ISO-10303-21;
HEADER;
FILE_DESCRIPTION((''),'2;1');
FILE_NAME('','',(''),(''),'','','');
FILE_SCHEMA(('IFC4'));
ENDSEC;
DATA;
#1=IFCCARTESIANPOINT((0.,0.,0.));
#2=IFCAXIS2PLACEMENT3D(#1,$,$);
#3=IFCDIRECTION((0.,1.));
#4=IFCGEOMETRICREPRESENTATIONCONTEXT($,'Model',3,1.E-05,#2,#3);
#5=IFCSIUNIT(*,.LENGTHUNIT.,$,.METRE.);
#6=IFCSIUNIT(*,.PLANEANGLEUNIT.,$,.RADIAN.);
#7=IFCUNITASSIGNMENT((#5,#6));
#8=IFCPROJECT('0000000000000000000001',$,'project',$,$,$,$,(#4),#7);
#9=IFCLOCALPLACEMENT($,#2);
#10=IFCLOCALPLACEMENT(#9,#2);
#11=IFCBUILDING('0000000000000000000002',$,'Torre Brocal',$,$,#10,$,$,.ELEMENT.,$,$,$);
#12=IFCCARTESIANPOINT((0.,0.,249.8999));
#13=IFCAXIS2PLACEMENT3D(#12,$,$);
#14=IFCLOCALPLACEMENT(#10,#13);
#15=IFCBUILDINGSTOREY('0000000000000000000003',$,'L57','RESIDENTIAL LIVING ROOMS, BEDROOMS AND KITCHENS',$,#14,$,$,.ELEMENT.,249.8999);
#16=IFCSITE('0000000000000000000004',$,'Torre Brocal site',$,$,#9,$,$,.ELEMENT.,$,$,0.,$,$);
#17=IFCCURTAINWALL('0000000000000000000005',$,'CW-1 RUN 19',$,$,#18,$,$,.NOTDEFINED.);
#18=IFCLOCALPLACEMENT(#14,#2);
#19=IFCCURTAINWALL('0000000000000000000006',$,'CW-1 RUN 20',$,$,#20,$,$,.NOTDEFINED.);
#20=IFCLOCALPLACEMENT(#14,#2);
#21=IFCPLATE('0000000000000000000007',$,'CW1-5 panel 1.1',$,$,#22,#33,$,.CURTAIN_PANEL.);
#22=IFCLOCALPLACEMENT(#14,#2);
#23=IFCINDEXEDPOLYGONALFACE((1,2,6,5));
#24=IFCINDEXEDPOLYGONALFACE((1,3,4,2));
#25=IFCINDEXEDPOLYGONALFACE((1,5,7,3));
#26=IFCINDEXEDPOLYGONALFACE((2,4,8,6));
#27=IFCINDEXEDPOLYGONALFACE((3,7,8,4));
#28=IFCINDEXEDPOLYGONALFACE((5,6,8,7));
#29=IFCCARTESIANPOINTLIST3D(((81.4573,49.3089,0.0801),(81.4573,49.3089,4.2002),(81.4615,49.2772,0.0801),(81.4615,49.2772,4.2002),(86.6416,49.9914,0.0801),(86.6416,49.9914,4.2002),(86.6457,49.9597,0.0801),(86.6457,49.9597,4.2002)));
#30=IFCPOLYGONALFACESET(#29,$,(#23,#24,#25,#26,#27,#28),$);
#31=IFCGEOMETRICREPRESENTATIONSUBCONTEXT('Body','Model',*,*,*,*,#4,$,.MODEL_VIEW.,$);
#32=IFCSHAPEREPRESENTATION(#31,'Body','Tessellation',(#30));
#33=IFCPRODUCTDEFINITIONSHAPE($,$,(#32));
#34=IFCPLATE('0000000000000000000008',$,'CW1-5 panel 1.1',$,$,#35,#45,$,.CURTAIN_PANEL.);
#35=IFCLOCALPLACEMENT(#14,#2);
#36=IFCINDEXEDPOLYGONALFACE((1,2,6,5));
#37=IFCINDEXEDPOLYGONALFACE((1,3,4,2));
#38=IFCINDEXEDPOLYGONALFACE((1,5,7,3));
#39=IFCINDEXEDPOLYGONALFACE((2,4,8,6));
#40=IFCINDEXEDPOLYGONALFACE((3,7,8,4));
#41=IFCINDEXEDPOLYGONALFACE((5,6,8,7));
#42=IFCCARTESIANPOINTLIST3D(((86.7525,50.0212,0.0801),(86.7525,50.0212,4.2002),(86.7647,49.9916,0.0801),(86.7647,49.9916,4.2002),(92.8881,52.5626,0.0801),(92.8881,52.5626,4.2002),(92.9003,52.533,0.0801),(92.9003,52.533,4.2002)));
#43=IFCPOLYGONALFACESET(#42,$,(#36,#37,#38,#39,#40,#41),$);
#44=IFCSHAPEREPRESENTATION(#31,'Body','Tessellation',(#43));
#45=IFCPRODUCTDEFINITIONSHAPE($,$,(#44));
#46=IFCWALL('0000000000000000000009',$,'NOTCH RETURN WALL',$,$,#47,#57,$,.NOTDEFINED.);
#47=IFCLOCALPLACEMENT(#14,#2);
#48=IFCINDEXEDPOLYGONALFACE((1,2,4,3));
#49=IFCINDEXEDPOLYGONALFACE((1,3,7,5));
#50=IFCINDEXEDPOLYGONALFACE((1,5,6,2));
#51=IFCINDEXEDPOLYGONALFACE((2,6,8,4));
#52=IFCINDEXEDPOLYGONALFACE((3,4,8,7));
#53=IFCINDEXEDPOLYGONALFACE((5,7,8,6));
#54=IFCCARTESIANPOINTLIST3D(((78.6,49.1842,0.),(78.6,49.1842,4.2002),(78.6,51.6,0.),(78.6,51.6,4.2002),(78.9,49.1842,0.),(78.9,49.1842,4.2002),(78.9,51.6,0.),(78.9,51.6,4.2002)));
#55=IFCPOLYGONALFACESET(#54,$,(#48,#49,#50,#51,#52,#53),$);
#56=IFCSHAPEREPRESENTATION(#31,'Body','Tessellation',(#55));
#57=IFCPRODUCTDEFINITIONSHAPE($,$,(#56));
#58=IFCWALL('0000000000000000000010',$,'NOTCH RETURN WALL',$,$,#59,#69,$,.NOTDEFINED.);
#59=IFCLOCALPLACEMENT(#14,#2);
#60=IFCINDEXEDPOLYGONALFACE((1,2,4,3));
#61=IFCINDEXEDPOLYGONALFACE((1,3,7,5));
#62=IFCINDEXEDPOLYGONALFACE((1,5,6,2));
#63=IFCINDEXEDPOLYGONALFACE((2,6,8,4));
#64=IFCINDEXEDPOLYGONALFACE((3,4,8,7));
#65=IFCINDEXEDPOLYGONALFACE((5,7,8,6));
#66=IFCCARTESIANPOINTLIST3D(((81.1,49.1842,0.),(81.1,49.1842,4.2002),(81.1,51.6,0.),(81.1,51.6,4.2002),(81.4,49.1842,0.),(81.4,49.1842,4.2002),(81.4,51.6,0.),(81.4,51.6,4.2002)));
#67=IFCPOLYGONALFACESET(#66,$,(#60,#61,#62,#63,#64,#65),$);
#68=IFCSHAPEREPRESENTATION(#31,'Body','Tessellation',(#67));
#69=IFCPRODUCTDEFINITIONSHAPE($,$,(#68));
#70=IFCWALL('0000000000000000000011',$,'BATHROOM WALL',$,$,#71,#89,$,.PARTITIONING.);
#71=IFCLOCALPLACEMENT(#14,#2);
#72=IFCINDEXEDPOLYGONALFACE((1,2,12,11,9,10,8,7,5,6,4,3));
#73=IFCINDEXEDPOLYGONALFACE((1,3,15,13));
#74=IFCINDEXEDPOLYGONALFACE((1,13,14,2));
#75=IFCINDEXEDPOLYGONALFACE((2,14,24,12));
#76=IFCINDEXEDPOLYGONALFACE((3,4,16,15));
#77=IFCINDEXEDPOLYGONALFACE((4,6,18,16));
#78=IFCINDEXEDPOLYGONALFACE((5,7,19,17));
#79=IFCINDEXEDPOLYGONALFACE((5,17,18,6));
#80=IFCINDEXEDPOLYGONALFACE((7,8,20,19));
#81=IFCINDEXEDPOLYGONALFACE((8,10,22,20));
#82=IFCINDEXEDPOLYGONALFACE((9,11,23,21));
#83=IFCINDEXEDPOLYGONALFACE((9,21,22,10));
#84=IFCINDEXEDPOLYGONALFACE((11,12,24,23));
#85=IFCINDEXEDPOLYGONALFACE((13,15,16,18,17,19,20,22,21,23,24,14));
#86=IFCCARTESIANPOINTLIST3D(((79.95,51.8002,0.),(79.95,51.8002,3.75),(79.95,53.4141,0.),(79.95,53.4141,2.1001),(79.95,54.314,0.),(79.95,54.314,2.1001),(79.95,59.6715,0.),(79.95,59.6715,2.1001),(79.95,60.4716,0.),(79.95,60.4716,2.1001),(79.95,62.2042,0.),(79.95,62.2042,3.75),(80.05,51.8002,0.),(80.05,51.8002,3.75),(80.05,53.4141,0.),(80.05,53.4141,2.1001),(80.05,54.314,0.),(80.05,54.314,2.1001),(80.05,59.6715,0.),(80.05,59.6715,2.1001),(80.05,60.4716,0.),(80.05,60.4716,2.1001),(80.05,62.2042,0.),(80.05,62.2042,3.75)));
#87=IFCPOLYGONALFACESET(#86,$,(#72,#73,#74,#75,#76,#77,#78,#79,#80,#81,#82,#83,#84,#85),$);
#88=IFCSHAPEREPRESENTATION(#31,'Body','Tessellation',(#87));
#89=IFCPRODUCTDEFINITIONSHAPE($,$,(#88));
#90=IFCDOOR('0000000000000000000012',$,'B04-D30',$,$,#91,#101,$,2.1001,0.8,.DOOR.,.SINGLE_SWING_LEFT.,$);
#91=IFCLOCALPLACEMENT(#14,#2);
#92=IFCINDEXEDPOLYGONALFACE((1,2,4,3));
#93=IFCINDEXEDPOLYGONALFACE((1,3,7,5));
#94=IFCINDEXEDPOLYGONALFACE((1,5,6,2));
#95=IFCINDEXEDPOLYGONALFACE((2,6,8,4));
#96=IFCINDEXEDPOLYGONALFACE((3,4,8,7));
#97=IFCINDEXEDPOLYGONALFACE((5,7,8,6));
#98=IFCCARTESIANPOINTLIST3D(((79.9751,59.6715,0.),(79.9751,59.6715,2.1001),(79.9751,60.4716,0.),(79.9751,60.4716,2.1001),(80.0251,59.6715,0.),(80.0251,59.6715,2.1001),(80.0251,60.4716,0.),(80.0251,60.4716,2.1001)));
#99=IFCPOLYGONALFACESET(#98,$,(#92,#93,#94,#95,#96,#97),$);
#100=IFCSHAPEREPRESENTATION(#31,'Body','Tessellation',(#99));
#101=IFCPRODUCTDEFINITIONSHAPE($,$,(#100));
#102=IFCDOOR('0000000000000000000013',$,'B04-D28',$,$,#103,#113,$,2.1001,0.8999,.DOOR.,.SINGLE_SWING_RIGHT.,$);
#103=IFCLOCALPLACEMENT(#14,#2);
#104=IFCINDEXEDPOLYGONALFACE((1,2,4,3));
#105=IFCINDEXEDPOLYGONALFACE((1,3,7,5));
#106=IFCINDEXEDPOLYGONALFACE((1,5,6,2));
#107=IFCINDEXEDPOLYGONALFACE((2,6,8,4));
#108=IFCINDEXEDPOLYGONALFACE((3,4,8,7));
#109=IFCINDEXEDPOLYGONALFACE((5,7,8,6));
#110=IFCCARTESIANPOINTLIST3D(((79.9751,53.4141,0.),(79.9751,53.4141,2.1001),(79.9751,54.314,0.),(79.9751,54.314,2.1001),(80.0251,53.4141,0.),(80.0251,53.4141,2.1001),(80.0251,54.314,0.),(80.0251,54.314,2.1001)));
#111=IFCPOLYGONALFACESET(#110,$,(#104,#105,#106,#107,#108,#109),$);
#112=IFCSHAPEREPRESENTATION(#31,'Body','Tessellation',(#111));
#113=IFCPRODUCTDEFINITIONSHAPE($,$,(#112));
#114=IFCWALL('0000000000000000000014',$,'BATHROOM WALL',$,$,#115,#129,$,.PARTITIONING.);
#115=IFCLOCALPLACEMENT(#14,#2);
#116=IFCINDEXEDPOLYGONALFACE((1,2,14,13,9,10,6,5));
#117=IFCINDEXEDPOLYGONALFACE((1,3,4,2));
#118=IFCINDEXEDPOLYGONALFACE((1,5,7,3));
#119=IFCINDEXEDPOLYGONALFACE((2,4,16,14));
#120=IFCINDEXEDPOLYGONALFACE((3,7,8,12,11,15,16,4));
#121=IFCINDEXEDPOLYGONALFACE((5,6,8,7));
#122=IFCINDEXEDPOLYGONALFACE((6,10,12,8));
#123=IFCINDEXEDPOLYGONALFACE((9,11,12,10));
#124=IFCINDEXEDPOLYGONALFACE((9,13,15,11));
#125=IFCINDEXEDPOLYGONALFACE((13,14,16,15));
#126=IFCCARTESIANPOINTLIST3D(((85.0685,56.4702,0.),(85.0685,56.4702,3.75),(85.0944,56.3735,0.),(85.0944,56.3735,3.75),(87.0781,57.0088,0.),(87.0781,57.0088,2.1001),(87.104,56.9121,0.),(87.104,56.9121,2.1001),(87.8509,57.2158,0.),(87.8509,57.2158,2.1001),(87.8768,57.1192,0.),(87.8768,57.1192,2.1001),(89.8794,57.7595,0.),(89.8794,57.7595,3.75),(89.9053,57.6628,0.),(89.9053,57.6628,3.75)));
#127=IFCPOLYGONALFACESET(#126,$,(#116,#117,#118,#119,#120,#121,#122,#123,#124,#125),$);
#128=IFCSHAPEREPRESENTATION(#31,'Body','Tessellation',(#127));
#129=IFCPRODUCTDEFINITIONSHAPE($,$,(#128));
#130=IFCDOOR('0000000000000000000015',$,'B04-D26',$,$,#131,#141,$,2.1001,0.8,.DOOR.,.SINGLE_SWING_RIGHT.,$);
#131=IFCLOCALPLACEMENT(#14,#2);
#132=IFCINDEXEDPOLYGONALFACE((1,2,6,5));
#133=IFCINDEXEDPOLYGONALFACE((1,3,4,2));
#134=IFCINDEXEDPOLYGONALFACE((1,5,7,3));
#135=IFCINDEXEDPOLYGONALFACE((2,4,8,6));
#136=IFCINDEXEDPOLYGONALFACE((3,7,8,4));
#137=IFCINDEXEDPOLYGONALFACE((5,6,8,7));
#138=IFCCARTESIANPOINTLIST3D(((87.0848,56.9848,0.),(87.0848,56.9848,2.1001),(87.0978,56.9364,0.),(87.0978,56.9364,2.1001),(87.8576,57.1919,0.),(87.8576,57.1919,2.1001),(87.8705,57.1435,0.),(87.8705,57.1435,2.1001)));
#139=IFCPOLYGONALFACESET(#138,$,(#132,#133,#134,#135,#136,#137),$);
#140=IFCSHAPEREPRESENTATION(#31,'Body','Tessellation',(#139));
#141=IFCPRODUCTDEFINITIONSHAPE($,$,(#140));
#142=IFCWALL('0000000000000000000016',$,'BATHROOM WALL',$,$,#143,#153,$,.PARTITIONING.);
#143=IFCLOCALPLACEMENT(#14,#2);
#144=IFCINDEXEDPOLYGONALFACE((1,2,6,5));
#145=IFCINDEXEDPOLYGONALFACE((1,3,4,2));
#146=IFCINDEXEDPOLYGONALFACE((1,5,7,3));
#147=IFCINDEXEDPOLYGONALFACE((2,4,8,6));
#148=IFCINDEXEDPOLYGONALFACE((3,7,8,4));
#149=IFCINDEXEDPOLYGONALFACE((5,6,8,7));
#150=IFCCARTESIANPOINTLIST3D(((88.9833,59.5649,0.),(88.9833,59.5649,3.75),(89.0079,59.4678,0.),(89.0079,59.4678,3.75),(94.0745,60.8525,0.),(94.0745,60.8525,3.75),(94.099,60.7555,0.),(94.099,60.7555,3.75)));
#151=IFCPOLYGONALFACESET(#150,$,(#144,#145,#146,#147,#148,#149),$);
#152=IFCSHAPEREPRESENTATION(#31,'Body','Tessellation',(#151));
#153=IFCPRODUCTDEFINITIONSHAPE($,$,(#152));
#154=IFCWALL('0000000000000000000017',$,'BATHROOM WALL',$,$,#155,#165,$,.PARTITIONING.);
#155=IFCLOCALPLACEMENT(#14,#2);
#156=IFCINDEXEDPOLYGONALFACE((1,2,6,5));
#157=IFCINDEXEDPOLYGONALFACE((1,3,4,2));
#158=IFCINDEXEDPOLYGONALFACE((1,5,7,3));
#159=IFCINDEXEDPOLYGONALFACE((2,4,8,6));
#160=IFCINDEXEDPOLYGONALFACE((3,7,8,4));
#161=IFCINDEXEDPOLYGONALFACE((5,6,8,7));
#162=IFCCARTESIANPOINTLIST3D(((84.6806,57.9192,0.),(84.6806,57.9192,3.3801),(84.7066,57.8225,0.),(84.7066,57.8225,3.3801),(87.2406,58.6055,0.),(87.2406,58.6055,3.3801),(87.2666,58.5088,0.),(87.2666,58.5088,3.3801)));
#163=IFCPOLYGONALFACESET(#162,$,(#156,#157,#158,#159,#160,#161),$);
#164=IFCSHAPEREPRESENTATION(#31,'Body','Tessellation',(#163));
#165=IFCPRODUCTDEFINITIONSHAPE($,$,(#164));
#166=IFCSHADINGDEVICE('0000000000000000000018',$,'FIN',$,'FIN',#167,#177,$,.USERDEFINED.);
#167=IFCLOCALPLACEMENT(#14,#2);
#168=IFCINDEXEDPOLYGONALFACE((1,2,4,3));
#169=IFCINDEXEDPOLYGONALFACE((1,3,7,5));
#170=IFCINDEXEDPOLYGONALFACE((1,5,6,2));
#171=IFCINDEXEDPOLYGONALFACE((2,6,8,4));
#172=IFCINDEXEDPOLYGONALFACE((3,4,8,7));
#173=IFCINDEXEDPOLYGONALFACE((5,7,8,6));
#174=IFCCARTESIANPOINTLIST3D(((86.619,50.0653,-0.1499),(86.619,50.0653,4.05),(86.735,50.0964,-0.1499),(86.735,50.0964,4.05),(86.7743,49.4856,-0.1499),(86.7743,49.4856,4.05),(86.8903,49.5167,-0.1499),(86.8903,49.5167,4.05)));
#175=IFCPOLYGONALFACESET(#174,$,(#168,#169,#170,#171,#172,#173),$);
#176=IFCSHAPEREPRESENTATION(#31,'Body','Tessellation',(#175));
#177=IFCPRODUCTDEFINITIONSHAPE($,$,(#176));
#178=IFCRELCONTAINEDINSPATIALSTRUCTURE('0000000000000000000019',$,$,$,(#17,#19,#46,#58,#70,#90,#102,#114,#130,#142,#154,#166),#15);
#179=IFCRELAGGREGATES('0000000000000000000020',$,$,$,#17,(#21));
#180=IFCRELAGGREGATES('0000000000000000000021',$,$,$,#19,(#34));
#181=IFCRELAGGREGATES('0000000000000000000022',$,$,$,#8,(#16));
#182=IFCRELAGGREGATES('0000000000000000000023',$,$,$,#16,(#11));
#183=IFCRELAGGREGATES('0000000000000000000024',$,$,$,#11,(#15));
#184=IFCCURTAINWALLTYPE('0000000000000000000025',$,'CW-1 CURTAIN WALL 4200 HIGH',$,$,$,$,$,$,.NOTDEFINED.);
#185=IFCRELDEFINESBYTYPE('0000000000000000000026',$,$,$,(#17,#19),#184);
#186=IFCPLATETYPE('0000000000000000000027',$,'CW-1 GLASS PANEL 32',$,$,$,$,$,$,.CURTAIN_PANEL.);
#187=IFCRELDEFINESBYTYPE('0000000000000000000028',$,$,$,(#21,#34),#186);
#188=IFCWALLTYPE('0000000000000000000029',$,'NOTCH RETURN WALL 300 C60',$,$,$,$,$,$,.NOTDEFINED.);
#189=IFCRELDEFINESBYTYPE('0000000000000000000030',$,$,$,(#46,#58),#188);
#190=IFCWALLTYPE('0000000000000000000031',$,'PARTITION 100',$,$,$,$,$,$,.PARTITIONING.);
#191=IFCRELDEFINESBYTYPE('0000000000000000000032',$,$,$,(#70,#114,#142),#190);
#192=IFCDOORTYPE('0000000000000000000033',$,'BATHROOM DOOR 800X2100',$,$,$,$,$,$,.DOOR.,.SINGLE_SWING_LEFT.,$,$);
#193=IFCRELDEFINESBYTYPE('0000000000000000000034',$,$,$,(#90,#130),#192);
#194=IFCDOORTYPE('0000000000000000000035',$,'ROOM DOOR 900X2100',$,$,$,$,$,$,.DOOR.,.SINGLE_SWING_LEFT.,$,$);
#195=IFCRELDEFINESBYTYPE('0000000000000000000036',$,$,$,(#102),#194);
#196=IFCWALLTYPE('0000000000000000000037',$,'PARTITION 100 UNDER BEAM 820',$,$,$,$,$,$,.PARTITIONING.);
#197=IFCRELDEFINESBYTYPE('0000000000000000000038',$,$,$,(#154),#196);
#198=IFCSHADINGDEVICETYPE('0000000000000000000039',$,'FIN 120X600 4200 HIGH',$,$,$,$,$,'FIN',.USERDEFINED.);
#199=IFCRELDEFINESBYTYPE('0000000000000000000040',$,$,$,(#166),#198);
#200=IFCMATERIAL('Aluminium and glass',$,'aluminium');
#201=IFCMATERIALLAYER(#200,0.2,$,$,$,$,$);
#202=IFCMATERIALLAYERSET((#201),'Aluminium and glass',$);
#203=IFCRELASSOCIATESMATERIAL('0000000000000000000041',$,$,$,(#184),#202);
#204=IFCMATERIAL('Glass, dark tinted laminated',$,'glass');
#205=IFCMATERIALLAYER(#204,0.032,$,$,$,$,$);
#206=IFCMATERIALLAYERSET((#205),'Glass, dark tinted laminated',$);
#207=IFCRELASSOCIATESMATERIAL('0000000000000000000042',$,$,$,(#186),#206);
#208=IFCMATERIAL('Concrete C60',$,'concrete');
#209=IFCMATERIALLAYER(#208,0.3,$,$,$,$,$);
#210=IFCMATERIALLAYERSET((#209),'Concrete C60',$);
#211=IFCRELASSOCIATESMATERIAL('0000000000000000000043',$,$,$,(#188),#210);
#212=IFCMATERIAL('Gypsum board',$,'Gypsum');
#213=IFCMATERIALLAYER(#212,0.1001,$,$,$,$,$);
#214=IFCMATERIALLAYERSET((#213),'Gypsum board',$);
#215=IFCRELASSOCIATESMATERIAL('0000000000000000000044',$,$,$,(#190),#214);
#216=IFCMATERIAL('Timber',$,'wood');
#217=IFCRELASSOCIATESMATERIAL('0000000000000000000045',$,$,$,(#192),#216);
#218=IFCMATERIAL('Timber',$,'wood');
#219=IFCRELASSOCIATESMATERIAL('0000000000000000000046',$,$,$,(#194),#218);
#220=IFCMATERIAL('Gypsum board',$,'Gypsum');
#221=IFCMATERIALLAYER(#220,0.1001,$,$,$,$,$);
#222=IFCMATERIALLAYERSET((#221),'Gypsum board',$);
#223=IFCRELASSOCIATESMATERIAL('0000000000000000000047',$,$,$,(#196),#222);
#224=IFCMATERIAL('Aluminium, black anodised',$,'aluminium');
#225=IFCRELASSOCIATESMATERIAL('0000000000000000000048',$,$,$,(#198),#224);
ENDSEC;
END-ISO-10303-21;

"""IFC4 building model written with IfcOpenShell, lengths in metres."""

from ifc_helpers import new_model, si_unit, direction, frame, frame_2d, origin, origin_2d, place, context, subcontext, project, spatial, rectangle, extrude, material, layer, layer_set, material_profile, profile_set, type_object, element, fill, aggregate, save


model = new_model("IFC4")

# Units and contexts
model_context = context("Model", 3, precision=1e-05, world=origin(), true_north=direction((0.0, 1.0)))
body_context = subcontext(model_context, "Body", "Model", "MODEL_VIEW")
ifc_project = project(units=[si_unit("LENGTHUNIT", "METRE"), si_unit("PLANEANGLEUNIT", "RADIAN")], contexts=[model_context])

# Site, building, storey
site_placement = place(None, origin())
site = spatial("IfcSite", under=ifc_project, at=site_placement, Name="Torre Brocal site", CompositionType="ELEMENT", RefElevation=0.0)
building_placement = place(site_placement, origin())
building = spatial("IfcBuilding", under=site, at=building_placement, Name="Torre Brocal", CompositionType="ELEMENT")
storey_placement = place(building_placement, frame((0.0, 0.0, 249.8999)))
storey = spatial("IfcBuildingStorey", under=building, at=storey_placement, Name="L57", Description="RESIDENTIAL LIVING ROOMS, BEDROOMS AND KITCHENS", CompositionType="ELEMENT", Elevation=249.8999)

# Curtain wall
ifc_material_1 = material(Name="Aluminium and glass", Category="aluminium")
ifc_layer_1 = layer(ifc_material_1, 0.2)
ifc_layer_set_1 = layer_set([ifc_layer_1], Name="Aluminium and glass")
curtain_wall_type = type_object("IfcCurtainWallType", Name="CW-1 CURTAIN WALL 4200 HIGH", PredefinedType="NOTDEFINED", material=ifc_layer_set_1)
curtain_wall_1_placement = place(storey_placement, origin())
curtain_wall_1 = element("IfcCurtainWall", 1, at=curtain_wall_1_placement, inside=storey, type_object=curtain_wall_type, Name="CW-1 RUN 19", PredefinedType="NOTDEFINED")

# Curtain wall
curtain_wall_2_placement = place(storey_placement, origin())
curtain_wall_2 = element("IfcCurtainWall", 2, at=curtain_wall_2_placement, inside=storey, type_object=curtain_wall_type, Name="CW-1 RUN 20", PredefinedType="NOTDEFINED")

# Plates
ifc_material_2 = material(Name="Glass, dark tinted laminated", Category="glass")
ifc_layer_2 = layer(ifc_material_2, 0.032)
ifc_layer_set_2 = layer_set([ifc_layer_2], Name="Glass, dark tinted laminated")
plate_type = type_object("IfcPlateType", Name="CW-1 GLASS PANEL 32", PredefinedType="CURTAIN_PANEL", material=ifc_layer_set_2)
plate_1_placement = place(storey_placement, frame((84.0515, 49.6343, 0.0801), z_axis=(0.0, 0.0, 1.0), x_axis=(0.991445, 0.130526, 0.0)))
plate_1 = element("IfcPlate", 3, at=plate_1_placement, type_object=plate_type, Name="CW1-5 panel 1.1", PredefinedType="CURTAIN_PANEL", context=body_context, shape_type="SweptSolid", body=[
    extrude(rectangle(XDim=5.229, YDim=0.032, at=origin_2d()), origin(), (0.0, 0.0, 1.0), 4.1201),
])
aggregate(curtain_wall_1, [plate_1])
plate_2_placement = place(storey_placement, frame((89.8264, 51.2771, 0.0801), z_axis=(0.0, 0.0, 1.0), x_axis=(0.92388, 0.382683, 0.0)))
plate_2 = element("IfcPlate", 4, at=plate_2_placement, type_object=plate_type, Name="CW1-5 panel 1.1", PredefinedType="CURTAIN_PANEL", context=body_context, shape_type="SweptSolid", body=[
    extrude(rectangle(XDim=6.6411, YDim=0.032, at=origin_2d()), origin(), (0.0, 0.0, 1.0), 4.1201),
])
aggregate(curtain_wall_2, [plate_2])

# Walls
ifc_material_3 = material(Name="Concrete C60", Category="concrete")
ifc_layer_3 = layer(ifc_material_3, 0.3)
ifc_layer_set_3 = layer_set([ifc_layer_3], Name="Concrete C60")
wall_type_1 = type_object("IfcWallType", Name="NOTCH RETURN WALL 300 C60", PredefinedType="NOTDEFINED", material=ifc_layer_set_3)
for number, where, z_axis, x_axis, name in (
    (5, (78.75, 51.6001, 0.0), (0.0, 0.0, 1.0), (0.0, -1.0, 0.0), "NOTCH RETURN WALL"),
    (6, (81.25, 51.6001, 0.0), (0.0, 0.0, 1.0), (0.0, -1.0, 0.0), "NOTCH RETURN WALL"),
):
    element("IfcWall", number, at=place(storey_placement, frame(where, z_axis=z_axis, x_axis=x_axis)), inside=storey, type_object=wall_type_1, Name=name, PredefinedType="NOTDEFINED", context=body_context, shape_type="SweptSolid", body=[
        extrude(rectangle(XDim=2.4158, YDim=0.3, at=frame_2d((1.208, 0.0))), origin(), (0.0, 0.0, 1.0), 4.2002),
    ])

# Wall, openings, doors
ifc_material_4 = material(Name="Gypsum board", Category="Gypsum")
ifc_layer_4 = layer(ifc_material_4, 0.1001)
ifc_layer_set_4 = layer_set([ifc_layer_4], Name="Gypsum board")
wall_type_2 = type_object("IfcWallType", Name="PARTITION 100", PredefinedType="PARTITIONING", material=ifc_layer_set_4)
wall_1_placement = place(storey_placement, frame((80.0, 51.8, 0.0), z_axis=(0.0, 0.0, 1.0), x_axis=(0.0, 1.0, 0.0)))
wall_1 = element("IfcWall", 7, at=wall_1_placement, inside=storey, type_object=wall_type_2, Name="BATHROOM WALL", PredefinedType="PARTITIONING", context=body_context, shape_type="SweptSolid", body=[
    extrude(rectangle(XDim=10.4041, YDim=0.1001, at=frame_2d((5.2021, 0.0))), origin(), (0.0, 0.0, 1.0), 3.75),
])
opening_1_placement = place(wall_1_placement, frame((1.614, 0.0, 0.0)))
opening_1 = element("IfcOpeningElement", 8, at=opening_1_placement, cuts=wall_1, PredefinedType="OPENING", context=body_context, shape_type="SweptSolid", body=[
    extrude(rectangle(XDim=0.8999, YDim=2.1001, at=frame_2d((0.45, 1.05))), frame((0.0, 0.0601, 0.0), z_axis=(0.0, -1.0, 0.0), x_axis=(1.0, 0.0, 0.0)), (0.0, 0.0, 1.0), 0.1201),
])
opening_2_placement = place(wall_1_placement, frame((7.8716, 0.0, 0.0)))
opening_2 = element("IfcOpeningElement", 9, at=opening_2_placement, cuts=wall_1, PredefinedType="OPENING", context=body_context, shape_type="SweptSolid", body=[
    extrude(rectangle(XDim=0.8, YDim=2.1001, at=frame_2d((0.3999, 1.05))), frame((0.0, 0.0601, 0.0), z_axis=(0.0, -1.0, 0.0), x_axis=(1.0, 0.0, 0.0)), (0.0, 0.0, 1.0), 0.1201),
])
ifc_material_5 = material(Name="Timber", Category="wood")
door_type_1 = type_object("IfcDoorType", Name="BATHROOM DOOR 800X2100", OperationType="SINGLE_SWING_LEFT", PredefinedType="DOOR", material=ifc_material_5)
door_1_placement = place(opening_2_placement, origin())
door_1 = element("IfcDoor", 10, at=door_1_placement, inside=storey, type_object=door_type_1, Name="B04-D30", OperationType="SINGLE_SWING_LEFT", OverallHeight=2.1001, OverallWidth=0.8, PredefinedType="DOOR", context=body_context, shape_type="SweptSolid", body=[
    extrude(rectangle(XDim=0.8, YDim=2.1001, at=frame_2d((0.3999, 1.05))), frame((0.0, 0.0249, 0.0), z_axis=(0.0, -1.0, 0.0), x_axis=(1.0, 0.0, 0.0)), (0.0, 0.0, 1.0), 0.05),
])
fill(opening_2, door_1)
ifc_material_6 = material(Name="Timber", Category="wood")
door_type_2 = type_object("IfcDoorType", Name="ROOM DOOR 900X2100", OperationType="SINGLE_SWING_LEFT", PredefinedType="DOOR", material=ifc_material_6)
door_2_placement = place(opening_1_placement, origin())
door_2 = element("IfcDoor", 11, at=door_2_placement, inside=storey, type_object=door_type_2, Name="B04-D28", OperationType="SINGLE_SWING_RIGHT", OverallHeight=2.1001, OverallWidth=0.8999, PredefinedType="DOOR", context=body_context, shape_type="SweptSolid", body=[
    extrude(rectangle(XDim=0.8999, YDim=2.1001, at=frame_2d((0.45, 1.05))), frame((0.0, 0.0249, 0.0), z_axis=(0.0, -1.0, 0.0), x_axis=(1.0, 0.0, 0.0)), (0.0, 0.0, 1.0), 0.05),
])
fill(opening_1, door_2)

# Wall, opening, door
wall_2_placement = place(storey_placement, frame((85.0815, 56.4219, 0.0), z_axis=(0.0, 0.0, 1.0), x_axis=(0.965916, 0.258855, 0.0)))
wall_2 = element("IfcWall", 12, at=wall_2_placement, inside=storey, type_object=wall_type_2, Name="BATHROOM WALL", PredefinedType="PARTITIONING", context=body_context, shape_type="SweptSolid", body=[
    extrude(rectangle(XDim=4.9807, YDim=0.1001, at=frame_2d((2.4902, 0.0))), origin(), (0.0, 0.0, 1.0), 3.75),
])
opening_3_placement = place(wall_2_placement, frame((2.0806, 0.0, 0.0)))
opening_3 = element("IfcOpeningElement", 13, at=opening_3_placement, cuts=wall_2, PredefinedType="OPENING", context=body_context, shape_type="SweptSolid", body=[
    extrude(rectangle(XDim=0.8, YDim=2.1001, at=frame_2d((0.3999, 1.05))), frame((0.0, 0.0601, 0.0), z_axis=(0.0, -1.0, 0.0), x_axis=(1.0, 0.0, 0.0)), (0.0, 0.0, 1.0), 0.1201),
])
door_3_placement = place(opening_3_placement, frame((0.8, 0.0, 0.0), z_axis=(0.0, 0.0, 1.0), x_axis=(-1.0, 0.0, 0.0)))
door_3 = element("IfcDoor", 14, at=door_3_placement, inside=storey, type_object=door_type_1, Name="B04-D26", OperationType="SINGLE_SWING_RIGHT", OverallHeight=2.1001, OverallWidth=0.8, PredefinedType="DOOR", context=body_context, shape_type="SweptSolid", body=[
    extrude(rectangle(XDim=0.8, YDim=2.1001, at=frame_2d((0.3999, 1.05))), frame((0.0, 0.0249, 0.0), z_axis=(0.0, -1.0, 0.0), x_axis=(1.0, 0.0, 0.0)), (0.0, 0.0, 1.0), 0.05),
])
fill(opening_3, door_3)

# Walls
wall_3_placement = place(storey_placement, frame((88.9956, 59.5164, 0.0), z_axis=(0.0, 0.0, 1.0), x_axis=(0.969474, 0.245193, 0.0)))
element("IfcWall", 15, at=wall_3_placement, inside=storey, type_object=wall_type_2, Name="BATHROOM WALL", PredefinedType="PARTITIONING", context=body_context, shape_type="SweptSolid", body=[
    extrude(rectangle(XDim=5.2515, YDim=0.1001, at=frame_2d((2.6257, 0.0))), origin(), (0.0, 0.0, 1.0), 3.75),
])
ifc_material_7 = material(Name="Gypsum board", Category="Gypsum")
ifc_layer_5 = layer(ifc_material_7, 0.1001)
ifc_layer_set_5 = layer_set([ifc_layer_5], Name="Gypsum board")
wall_type_3 = type_object("IfcWallType", Name="PARTITION 100 UNDER BEAM 820", PredefinedType="PARTITIONING", material=ifc_layer_set_5)
wall_4_placement = place(storey_placement, frame((84.6936, 57.8708, 0.0), z_axis=(0.0, 0.0, 1.0), x_axis=(0.965896, 0.258929, 0.0)))
element("IfcWall", 16, at=wall_4_placement, inside=storey, type_object=wall_type_3, Name="BATHROOM WALL", PredefinedType="PARTITIONING", context=body_context, shape_type="SweptSolid", body=[
    extrude(rectangle(XDim=2.6504, YDim=0.1001, at=frame_2d((1.3252, 0.0))), origin(), (0.0, 0.0, 1.0), 3.3801),
])

# Shading device
ifc_material_8 = material(Name="Aluminium, black anodised", Category="aluminium")
ifc_material_profile_1 = material_profile(ifc_material_8, rectangle(XDim=0.1201, YDim=0.6001, at=origin_2d()), Name="FIN 120X600 4200 HIGH")
ifc_profile_set_1 = profile_set([ifc_material_profile_1], Name="Aluminium, black anodised")
shading_device_type = type_object("IfcShadingDeviceType", Name="FIN 120X600 4200 HIGH", ElementType="FIN", PredefinedType="USERDEFINED", material=ifc_profile_set_1)
shading_device_placement = place(storey_placement, frame((86.7546, 49.791, -0.1499), z_axis=(0.0, 0.0, 1.0), x_axis=(0.965926, 0.258819, 0.0)))
element("IfcShadingDevice", 17, at=shading_device_placement, inside=storey, type_object=shading_device_type, Name="FIN", ObjectType="FIN", PredefinedType="USERDEFINED", context=body_context, shape_type="SweptSolid", body=[
    extrude(rectangle(XDim=0.1201, YDim=0.6001, at=origin_2d()), origin(), (0.0, 0.0, 1.0), 4.2),
])

save(model, "model.ifc")
